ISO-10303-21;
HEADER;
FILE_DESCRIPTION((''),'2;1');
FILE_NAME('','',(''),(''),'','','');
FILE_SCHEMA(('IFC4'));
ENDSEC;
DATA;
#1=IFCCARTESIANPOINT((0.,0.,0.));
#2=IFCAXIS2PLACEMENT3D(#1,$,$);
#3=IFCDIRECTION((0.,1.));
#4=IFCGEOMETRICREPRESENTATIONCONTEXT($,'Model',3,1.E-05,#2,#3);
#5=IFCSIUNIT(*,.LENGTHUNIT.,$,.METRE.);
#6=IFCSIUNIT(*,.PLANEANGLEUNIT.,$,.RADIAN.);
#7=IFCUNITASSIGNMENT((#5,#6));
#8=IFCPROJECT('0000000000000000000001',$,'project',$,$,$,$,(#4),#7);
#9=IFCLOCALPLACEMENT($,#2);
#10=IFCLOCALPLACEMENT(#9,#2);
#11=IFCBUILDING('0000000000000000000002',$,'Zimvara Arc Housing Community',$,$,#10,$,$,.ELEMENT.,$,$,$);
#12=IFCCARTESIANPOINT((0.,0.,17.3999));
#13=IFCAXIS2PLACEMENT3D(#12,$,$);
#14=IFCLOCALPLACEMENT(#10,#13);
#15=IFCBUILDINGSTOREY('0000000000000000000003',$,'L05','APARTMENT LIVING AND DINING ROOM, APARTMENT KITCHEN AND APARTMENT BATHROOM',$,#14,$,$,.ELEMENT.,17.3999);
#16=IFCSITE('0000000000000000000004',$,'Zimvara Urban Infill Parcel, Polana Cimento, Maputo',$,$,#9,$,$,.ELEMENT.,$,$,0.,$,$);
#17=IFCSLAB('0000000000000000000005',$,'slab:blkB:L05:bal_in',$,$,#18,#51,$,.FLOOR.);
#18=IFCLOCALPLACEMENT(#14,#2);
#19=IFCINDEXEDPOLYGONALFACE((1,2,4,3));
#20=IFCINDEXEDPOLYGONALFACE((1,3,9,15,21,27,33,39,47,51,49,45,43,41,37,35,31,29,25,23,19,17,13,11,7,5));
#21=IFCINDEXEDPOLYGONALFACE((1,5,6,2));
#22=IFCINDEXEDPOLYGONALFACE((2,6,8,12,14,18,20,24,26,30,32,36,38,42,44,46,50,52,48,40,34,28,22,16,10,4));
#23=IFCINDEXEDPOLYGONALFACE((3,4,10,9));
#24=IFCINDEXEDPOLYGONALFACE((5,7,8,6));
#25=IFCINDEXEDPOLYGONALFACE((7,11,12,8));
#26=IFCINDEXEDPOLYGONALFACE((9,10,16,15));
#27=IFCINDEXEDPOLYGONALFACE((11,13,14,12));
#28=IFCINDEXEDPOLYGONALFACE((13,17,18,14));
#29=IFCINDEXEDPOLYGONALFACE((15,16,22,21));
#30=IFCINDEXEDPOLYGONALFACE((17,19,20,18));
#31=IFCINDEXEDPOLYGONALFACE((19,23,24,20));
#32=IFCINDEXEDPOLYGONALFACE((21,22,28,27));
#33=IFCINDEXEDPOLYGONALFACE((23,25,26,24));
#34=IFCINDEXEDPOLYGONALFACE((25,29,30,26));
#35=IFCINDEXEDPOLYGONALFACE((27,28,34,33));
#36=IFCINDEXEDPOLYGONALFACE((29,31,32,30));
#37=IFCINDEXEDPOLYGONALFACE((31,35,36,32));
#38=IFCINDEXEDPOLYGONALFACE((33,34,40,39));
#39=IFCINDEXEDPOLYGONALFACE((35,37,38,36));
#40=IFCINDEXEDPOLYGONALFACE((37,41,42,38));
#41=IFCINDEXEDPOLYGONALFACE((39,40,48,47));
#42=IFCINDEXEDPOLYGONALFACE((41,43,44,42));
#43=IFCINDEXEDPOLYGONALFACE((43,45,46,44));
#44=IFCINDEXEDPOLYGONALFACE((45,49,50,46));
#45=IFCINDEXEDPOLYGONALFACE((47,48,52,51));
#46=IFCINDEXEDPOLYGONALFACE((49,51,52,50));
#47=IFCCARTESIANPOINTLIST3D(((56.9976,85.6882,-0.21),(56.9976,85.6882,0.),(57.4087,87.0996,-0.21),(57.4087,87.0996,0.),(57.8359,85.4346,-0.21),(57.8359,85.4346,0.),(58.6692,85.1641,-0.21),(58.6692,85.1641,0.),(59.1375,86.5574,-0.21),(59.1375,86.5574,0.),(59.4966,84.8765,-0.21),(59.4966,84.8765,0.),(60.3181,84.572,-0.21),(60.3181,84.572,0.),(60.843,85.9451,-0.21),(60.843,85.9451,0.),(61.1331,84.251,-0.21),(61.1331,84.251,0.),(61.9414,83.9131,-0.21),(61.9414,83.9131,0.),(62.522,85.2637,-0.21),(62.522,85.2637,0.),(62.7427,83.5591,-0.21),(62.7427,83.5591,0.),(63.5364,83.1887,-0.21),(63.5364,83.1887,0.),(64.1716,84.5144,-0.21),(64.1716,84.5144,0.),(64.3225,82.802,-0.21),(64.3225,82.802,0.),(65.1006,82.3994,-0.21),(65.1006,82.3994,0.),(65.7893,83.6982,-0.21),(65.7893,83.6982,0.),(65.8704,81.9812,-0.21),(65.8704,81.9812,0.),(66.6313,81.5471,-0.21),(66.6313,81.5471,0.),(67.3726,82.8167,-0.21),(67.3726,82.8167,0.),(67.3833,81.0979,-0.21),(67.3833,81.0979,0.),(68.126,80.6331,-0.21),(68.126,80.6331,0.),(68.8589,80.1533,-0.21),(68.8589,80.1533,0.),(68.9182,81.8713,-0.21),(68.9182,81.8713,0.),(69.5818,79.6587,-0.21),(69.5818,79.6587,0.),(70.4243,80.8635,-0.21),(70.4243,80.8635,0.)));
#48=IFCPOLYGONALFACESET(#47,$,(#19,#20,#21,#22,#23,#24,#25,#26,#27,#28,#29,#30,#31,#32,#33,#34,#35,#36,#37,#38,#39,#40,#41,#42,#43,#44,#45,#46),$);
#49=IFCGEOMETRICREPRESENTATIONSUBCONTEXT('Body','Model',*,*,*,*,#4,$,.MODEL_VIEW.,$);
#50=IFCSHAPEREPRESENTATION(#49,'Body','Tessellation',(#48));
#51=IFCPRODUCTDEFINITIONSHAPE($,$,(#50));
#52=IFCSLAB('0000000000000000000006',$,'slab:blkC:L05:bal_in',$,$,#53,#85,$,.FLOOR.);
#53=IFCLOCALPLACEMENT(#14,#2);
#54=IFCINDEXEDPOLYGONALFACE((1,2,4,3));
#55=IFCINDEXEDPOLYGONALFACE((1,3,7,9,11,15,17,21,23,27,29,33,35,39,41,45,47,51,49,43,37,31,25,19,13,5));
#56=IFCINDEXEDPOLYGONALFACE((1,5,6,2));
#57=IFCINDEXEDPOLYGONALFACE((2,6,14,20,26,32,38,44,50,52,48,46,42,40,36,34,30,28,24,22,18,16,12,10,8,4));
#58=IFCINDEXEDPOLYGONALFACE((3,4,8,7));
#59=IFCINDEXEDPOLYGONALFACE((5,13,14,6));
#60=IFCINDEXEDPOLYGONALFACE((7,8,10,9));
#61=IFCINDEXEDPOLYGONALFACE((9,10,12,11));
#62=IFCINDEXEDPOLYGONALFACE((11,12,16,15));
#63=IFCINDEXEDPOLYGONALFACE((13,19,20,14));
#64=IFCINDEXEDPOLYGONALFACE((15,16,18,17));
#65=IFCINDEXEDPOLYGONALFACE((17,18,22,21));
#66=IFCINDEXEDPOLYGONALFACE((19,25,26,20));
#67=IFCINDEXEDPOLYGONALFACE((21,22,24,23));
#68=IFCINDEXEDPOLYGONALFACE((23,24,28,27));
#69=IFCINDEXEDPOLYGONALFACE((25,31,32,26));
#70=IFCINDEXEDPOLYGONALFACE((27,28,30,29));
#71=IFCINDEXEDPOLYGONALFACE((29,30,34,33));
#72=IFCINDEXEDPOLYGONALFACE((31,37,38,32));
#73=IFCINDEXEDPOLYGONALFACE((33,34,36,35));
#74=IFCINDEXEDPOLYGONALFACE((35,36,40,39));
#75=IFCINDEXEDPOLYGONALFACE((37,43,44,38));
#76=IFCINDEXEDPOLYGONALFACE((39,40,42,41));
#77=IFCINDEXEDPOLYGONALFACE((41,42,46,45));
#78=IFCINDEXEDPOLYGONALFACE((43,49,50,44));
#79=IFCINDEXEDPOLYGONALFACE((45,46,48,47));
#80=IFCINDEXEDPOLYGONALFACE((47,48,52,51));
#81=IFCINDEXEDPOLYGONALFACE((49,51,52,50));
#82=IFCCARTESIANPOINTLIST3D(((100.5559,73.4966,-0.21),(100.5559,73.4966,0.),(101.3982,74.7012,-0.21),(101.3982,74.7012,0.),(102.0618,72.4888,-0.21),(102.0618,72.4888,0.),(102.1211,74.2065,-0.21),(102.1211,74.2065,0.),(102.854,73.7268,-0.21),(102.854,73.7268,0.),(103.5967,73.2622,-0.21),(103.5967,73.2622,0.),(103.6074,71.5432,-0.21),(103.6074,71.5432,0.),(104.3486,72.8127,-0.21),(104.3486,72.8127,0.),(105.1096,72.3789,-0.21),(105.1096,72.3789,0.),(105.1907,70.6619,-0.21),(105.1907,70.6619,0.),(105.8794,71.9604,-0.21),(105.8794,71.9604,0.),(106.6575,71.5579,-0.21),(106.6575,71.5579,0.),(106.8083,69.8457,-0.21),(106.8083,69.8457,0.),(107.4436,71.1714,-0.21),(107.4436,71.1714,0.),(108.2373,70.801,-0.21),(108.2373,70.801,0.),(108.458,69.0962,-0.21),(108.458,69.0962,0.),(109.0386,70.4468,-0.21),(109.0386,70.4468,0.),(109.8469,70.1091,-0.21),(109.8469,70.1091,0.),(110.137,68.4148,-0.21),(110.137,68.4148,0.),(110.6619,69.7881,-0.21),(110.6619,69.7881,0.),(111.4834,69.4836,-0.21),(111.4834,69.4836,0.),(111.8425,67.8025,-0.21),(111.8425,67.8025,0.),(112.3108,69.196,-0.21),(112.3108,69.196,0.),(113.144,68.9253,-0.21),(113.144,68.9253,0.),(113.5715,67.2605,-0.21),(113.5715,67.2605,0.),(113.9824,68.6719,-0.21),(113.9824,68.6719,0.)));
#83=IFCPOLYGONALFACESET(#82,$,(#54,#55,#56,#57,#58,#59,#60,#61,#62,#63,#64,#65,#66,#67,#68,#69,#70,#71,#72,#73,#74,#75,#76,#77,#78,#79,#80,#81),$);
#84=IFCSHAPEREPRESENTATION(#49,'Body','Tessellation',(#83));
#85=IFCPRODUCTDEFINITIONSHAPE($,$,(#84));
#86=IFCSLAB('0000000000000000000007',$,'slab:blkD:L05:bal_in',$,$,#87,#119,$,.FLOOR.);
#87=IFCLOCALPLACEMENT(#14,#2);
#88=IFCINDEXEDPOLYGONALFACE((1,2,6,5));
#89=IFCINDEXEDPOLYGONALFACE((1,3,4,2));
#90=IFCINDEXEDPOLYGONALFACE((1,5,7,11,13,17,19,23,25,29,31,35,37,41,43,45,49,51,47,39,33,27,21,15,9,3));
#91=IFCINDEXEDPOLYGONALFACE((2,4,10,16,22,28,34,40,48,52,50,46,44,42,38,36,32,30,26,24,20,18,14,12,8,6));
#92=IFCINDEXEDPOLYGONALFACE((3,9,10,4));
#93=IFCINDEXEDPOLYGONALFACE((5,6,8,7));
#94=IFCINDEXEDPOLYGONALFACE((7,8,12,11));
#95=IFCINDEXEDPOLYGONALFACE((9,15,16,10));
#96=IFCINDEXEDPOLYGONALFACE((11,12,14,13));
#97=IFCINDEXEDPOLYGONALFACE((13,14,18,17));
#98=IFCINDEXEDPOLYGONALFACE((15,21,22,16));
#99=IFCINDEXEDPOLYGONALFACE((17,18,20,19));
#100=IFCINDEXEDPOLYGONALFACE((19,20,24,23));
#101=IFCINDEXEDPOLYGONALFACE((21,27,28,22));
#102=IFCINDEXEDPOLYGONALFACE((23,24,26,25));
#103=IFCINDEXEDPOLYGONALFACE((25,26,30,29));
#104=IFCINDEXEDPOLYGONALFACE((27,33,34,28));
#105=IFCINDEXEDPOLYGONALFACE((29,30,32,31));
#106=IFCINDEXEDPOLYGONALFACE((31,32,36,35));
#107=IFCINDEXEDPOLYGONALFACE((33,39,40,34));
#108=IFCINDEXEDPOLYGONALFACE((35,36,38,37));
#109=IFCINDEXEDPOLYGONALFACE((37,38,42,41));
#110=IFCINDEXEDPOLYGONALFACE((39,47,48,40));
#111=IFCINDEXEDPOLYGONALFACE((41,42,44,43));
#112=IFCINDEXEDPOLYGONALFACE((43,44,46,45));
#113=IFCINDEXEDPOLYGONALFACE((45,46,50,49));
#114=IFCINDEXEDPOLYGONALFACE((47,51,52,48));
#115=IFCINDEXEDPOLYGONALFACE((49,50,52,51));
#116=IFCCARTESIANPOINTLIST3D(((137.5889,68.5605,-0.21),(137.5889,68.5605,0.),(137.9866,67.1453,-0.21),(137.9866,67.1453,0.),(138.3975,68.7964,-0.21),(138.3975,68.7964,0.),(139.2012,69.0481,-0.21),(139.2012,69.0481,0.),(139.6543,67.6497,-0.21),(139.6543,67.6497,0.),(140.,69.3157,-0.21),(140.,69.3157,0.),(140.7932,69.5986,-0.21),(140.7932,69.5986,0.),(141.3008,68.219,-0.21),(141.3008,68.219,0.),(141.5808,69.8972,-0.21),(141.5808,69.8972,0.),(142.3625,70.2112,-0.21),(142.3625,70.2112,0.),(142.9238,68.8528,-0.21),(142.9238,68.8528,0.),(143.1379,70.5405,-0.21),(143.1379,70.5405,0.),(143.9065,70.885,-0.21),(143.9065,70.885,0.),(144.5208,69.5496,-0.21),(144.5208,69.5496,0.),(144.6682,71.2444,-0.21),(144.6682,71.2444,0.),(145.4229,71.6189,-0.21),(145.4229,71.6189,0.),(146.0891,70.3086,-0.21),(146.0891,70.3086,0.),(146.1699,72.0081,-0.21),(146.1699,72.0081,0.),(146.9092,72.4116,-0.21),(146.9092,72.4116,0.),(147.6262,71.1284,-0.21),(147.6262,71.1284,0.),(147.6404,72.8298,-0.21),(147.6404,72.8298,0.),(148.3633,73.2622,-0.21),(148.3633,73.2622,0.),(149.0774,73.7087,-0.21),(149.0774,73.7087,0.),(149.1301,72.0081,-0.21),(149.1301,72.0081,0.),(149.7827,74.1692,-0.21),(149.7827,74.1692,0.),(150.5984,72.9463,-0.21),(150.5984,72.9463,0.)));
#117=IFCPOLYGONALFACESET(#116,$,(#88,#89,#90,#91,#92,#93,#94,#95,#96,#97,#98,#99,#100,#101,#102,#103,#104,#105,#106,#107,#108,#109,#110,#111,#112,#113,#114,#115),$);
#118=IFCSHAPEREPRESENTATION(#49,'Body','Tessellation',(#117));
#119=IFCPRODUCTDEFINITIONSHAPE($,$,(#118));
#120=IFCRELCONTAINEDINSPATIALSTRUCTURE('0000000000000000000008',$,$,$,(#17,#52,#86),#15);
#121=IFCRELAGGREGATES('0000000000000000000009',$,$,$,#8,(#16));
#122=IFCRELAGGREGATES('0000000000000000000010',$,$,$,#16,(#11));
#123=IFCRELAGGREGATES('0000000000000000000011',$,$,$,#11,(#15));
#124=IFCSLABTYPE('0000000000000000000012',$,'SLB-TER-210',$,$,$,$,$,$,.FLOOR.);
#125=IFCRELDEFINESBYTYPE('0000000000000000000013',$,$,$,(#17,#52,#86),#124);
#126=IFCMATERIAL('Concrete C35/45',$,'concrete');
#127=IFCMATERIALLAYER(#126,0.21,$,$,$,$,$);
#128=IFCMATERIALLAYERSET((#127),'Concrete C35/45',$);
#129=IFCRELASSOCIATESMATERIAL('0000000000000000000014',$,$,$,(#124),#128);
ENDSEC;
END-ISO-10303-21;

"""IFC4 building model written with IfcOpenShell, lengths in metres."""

from ifc_helpers import new_model, si_unit, direction, frame, origin, place, context, subcontext, project, spatial, polyline, outline, extrude, material, layer, layer_set, type_object, element, save


model = new_model("IFC4")

# Units and contexts
model_context = context("Model", 3, precision=1e-05, world=origin(), true_north=direction((0.0, 1.0)))
body_context = subcontext(model_context, "Body", "Model", "MODEL_VIEW")
ifc_project = project(units=[si_unit("LENGTHUNIT", "METRE"), si_unit("PLANEANGLEUNIT", "RADIAN")], contexts=[model_context])

# Site, building, storey
site_placement = place(None, origin())
site = spatial("IfcSite", under=ifc_project, at=site_placement, Name="Zimvara Urban Infill Parcel, Polana Cimento, Maputo", CompositionType="ELEMENT", RefElevation=0.0)
building_placement = place(site_placement, origin())
building = spatial("IfcBuilding", under=site, at=building_placement, Name="Zimvara Arc Housing Community", CompositionType="ELEMENT")
storey_placement = place(building_placement, frame((0.0, 0.0, 17.3999)))
storey = spatial("IfcBuildingStorey", under=building, at=storey_placement, Name="L05", Description="APARTMENT LIVING AND DINING ROOM, APARTMENT KITCHEN AND APARTMENT BATHROOM", CompositionType="ELEMENT", Elevation=17.3999)

# Slabs
ifc_material_1 = material(Name="Concrete C35/45", Category="concrete")
ifc_layer_1 = layer(ifc_material_1, 0.21)
ifc_layer_set_1 = layer_set([ifc_layer_1], Name="Concrete C35/45")
slab_type_1 = type_object("IfcSlabType", Name="SLB-TER-210", PredefinedType="FLOOR", material=ifc_layer_set_1)
slab_1_placement = place(storey_placement, frame((0.0, 0.0, -0.21)))
element("IfcSlab", 1, at=slab_1_placement, inside=storey, type_object=slab_type_1, Name="slab:blkB:L05:bal_in", PredefinedType="FLOOR", context=body_context, shape_type="SweptSolid", body=[
    extrude(outline(polyline([(70.4243, 80.8635), (68.9182, 81.8713), (67.3726, 82.8167), (65.7893, 83.6982), (64.1716, 84.5144), (62.522, 85.2637), (60.843, 85.9451), (59.1375, 86.5574), (57.4087, 87.0996), (56.9976, 85.6882), (57.8359, 85.4346), (58.6692, 85.1641), (59.4966, 84.8765), (60.3181, 84.572), (61.1331, 84.251), (61.9414, 83.9131), (62.7427, 83.5591), (63.5364, 83.1887), (64.3225, 82.802), (65.1006, 82.3994), (65.8704, 81.9812), (66.6313, 81.5471), (67.3833, 81.0979), (68.126, 80.6331), (68.8589, 80.1533), (69.5818, 79.6587), (70.4243, 80.8635)])), origin(), (0.0, 0.0, 1.0), 0.21),
])
slab_2_placement = place(storey_placement, frame((0.0, 0.0, -0.21)))
element("IfcSlab", 2, at=slab_2_placement, inside=storey, type_object=slab_type_1, Name="slab:blkC:L05:bal_in", PredefinedType="FLOOR", context=body_context, shape_type="SweptSolid", body=[
    extrude(outline(polyline([(100.5559, 73.4966), (102.0618, 72.4888), (103.6074, 71.5432), (105.1907, 70.6619), (106.8083, 69.8457), (108.458, 69.0962), (110.137, 68.4148), (111.8425, 67.8025), (113.5715, 67.2605), (113.9824, 68.6719), (113.144, 68.9253), (112.3108, 69.196), (111.4834, 69.4836), (110.6619, 69.7881), (109.8469, 70.1091), (109.0386, 70.4468), (108.2373, 70.801), (107.4436, 71.1714), (106.6575, 71.5579), (105.8794, 71.9604), (105.1096, 72.3789), (104.3486, 72.8127), (103.5967, 73.2622), (102.854, 73.7268), (102.1211, 74.2065), (101.3982, 74.7012), (100.5559, 73.4966)])), origin(), (0.0, 0.0, 1.0), 0.21),
])
slab_3_placement = place(storey_placement, frame((0.0, 0.0, -0.21)))
element("IfcSlab", 3, at=slab_3_placement, inside=storey, type_object=slab_type_1, Name="slab:blkD:L05:bal_in", PredefinedType="FLOOR", context=body_context, shape_type="SweptSolid", body=[
    extrude(outline(polyline([(137.9866, 67.1453), (137.9866, 67.1453), (139.6543, 67.6497), (141.3008, 68.219), (142.9238, 68.8528), (144.5208, 69.5496), (146.0891, 70.3086), (147.6262, 71.1284), (149.1301, 72.0081), (150.5984, 72.9463), (149.7827, 74.1692), (149.0774, 73.7087), (148.3633, 73.2622), (147.6404, 72.8298), (146.9092, 72.4116), (146.1699, 72.0081), (145.4229, 71.6189), (144.6682, 71.2444), (143.9065, 70.885), (143.1379, 70.5405), (142.3625, 70.2112), (141.5808, 69.8972), (140.7932, 69.5986), (140.0, 69.3157), (139.2012, 69.0481), (138.3975, 68.7964), (137.5889, 68.5605), (137.9866, 67.1453)])), origin(), (0.0, 0.0, 1.0), 0.21),
])

save(model, "model.ifc")
